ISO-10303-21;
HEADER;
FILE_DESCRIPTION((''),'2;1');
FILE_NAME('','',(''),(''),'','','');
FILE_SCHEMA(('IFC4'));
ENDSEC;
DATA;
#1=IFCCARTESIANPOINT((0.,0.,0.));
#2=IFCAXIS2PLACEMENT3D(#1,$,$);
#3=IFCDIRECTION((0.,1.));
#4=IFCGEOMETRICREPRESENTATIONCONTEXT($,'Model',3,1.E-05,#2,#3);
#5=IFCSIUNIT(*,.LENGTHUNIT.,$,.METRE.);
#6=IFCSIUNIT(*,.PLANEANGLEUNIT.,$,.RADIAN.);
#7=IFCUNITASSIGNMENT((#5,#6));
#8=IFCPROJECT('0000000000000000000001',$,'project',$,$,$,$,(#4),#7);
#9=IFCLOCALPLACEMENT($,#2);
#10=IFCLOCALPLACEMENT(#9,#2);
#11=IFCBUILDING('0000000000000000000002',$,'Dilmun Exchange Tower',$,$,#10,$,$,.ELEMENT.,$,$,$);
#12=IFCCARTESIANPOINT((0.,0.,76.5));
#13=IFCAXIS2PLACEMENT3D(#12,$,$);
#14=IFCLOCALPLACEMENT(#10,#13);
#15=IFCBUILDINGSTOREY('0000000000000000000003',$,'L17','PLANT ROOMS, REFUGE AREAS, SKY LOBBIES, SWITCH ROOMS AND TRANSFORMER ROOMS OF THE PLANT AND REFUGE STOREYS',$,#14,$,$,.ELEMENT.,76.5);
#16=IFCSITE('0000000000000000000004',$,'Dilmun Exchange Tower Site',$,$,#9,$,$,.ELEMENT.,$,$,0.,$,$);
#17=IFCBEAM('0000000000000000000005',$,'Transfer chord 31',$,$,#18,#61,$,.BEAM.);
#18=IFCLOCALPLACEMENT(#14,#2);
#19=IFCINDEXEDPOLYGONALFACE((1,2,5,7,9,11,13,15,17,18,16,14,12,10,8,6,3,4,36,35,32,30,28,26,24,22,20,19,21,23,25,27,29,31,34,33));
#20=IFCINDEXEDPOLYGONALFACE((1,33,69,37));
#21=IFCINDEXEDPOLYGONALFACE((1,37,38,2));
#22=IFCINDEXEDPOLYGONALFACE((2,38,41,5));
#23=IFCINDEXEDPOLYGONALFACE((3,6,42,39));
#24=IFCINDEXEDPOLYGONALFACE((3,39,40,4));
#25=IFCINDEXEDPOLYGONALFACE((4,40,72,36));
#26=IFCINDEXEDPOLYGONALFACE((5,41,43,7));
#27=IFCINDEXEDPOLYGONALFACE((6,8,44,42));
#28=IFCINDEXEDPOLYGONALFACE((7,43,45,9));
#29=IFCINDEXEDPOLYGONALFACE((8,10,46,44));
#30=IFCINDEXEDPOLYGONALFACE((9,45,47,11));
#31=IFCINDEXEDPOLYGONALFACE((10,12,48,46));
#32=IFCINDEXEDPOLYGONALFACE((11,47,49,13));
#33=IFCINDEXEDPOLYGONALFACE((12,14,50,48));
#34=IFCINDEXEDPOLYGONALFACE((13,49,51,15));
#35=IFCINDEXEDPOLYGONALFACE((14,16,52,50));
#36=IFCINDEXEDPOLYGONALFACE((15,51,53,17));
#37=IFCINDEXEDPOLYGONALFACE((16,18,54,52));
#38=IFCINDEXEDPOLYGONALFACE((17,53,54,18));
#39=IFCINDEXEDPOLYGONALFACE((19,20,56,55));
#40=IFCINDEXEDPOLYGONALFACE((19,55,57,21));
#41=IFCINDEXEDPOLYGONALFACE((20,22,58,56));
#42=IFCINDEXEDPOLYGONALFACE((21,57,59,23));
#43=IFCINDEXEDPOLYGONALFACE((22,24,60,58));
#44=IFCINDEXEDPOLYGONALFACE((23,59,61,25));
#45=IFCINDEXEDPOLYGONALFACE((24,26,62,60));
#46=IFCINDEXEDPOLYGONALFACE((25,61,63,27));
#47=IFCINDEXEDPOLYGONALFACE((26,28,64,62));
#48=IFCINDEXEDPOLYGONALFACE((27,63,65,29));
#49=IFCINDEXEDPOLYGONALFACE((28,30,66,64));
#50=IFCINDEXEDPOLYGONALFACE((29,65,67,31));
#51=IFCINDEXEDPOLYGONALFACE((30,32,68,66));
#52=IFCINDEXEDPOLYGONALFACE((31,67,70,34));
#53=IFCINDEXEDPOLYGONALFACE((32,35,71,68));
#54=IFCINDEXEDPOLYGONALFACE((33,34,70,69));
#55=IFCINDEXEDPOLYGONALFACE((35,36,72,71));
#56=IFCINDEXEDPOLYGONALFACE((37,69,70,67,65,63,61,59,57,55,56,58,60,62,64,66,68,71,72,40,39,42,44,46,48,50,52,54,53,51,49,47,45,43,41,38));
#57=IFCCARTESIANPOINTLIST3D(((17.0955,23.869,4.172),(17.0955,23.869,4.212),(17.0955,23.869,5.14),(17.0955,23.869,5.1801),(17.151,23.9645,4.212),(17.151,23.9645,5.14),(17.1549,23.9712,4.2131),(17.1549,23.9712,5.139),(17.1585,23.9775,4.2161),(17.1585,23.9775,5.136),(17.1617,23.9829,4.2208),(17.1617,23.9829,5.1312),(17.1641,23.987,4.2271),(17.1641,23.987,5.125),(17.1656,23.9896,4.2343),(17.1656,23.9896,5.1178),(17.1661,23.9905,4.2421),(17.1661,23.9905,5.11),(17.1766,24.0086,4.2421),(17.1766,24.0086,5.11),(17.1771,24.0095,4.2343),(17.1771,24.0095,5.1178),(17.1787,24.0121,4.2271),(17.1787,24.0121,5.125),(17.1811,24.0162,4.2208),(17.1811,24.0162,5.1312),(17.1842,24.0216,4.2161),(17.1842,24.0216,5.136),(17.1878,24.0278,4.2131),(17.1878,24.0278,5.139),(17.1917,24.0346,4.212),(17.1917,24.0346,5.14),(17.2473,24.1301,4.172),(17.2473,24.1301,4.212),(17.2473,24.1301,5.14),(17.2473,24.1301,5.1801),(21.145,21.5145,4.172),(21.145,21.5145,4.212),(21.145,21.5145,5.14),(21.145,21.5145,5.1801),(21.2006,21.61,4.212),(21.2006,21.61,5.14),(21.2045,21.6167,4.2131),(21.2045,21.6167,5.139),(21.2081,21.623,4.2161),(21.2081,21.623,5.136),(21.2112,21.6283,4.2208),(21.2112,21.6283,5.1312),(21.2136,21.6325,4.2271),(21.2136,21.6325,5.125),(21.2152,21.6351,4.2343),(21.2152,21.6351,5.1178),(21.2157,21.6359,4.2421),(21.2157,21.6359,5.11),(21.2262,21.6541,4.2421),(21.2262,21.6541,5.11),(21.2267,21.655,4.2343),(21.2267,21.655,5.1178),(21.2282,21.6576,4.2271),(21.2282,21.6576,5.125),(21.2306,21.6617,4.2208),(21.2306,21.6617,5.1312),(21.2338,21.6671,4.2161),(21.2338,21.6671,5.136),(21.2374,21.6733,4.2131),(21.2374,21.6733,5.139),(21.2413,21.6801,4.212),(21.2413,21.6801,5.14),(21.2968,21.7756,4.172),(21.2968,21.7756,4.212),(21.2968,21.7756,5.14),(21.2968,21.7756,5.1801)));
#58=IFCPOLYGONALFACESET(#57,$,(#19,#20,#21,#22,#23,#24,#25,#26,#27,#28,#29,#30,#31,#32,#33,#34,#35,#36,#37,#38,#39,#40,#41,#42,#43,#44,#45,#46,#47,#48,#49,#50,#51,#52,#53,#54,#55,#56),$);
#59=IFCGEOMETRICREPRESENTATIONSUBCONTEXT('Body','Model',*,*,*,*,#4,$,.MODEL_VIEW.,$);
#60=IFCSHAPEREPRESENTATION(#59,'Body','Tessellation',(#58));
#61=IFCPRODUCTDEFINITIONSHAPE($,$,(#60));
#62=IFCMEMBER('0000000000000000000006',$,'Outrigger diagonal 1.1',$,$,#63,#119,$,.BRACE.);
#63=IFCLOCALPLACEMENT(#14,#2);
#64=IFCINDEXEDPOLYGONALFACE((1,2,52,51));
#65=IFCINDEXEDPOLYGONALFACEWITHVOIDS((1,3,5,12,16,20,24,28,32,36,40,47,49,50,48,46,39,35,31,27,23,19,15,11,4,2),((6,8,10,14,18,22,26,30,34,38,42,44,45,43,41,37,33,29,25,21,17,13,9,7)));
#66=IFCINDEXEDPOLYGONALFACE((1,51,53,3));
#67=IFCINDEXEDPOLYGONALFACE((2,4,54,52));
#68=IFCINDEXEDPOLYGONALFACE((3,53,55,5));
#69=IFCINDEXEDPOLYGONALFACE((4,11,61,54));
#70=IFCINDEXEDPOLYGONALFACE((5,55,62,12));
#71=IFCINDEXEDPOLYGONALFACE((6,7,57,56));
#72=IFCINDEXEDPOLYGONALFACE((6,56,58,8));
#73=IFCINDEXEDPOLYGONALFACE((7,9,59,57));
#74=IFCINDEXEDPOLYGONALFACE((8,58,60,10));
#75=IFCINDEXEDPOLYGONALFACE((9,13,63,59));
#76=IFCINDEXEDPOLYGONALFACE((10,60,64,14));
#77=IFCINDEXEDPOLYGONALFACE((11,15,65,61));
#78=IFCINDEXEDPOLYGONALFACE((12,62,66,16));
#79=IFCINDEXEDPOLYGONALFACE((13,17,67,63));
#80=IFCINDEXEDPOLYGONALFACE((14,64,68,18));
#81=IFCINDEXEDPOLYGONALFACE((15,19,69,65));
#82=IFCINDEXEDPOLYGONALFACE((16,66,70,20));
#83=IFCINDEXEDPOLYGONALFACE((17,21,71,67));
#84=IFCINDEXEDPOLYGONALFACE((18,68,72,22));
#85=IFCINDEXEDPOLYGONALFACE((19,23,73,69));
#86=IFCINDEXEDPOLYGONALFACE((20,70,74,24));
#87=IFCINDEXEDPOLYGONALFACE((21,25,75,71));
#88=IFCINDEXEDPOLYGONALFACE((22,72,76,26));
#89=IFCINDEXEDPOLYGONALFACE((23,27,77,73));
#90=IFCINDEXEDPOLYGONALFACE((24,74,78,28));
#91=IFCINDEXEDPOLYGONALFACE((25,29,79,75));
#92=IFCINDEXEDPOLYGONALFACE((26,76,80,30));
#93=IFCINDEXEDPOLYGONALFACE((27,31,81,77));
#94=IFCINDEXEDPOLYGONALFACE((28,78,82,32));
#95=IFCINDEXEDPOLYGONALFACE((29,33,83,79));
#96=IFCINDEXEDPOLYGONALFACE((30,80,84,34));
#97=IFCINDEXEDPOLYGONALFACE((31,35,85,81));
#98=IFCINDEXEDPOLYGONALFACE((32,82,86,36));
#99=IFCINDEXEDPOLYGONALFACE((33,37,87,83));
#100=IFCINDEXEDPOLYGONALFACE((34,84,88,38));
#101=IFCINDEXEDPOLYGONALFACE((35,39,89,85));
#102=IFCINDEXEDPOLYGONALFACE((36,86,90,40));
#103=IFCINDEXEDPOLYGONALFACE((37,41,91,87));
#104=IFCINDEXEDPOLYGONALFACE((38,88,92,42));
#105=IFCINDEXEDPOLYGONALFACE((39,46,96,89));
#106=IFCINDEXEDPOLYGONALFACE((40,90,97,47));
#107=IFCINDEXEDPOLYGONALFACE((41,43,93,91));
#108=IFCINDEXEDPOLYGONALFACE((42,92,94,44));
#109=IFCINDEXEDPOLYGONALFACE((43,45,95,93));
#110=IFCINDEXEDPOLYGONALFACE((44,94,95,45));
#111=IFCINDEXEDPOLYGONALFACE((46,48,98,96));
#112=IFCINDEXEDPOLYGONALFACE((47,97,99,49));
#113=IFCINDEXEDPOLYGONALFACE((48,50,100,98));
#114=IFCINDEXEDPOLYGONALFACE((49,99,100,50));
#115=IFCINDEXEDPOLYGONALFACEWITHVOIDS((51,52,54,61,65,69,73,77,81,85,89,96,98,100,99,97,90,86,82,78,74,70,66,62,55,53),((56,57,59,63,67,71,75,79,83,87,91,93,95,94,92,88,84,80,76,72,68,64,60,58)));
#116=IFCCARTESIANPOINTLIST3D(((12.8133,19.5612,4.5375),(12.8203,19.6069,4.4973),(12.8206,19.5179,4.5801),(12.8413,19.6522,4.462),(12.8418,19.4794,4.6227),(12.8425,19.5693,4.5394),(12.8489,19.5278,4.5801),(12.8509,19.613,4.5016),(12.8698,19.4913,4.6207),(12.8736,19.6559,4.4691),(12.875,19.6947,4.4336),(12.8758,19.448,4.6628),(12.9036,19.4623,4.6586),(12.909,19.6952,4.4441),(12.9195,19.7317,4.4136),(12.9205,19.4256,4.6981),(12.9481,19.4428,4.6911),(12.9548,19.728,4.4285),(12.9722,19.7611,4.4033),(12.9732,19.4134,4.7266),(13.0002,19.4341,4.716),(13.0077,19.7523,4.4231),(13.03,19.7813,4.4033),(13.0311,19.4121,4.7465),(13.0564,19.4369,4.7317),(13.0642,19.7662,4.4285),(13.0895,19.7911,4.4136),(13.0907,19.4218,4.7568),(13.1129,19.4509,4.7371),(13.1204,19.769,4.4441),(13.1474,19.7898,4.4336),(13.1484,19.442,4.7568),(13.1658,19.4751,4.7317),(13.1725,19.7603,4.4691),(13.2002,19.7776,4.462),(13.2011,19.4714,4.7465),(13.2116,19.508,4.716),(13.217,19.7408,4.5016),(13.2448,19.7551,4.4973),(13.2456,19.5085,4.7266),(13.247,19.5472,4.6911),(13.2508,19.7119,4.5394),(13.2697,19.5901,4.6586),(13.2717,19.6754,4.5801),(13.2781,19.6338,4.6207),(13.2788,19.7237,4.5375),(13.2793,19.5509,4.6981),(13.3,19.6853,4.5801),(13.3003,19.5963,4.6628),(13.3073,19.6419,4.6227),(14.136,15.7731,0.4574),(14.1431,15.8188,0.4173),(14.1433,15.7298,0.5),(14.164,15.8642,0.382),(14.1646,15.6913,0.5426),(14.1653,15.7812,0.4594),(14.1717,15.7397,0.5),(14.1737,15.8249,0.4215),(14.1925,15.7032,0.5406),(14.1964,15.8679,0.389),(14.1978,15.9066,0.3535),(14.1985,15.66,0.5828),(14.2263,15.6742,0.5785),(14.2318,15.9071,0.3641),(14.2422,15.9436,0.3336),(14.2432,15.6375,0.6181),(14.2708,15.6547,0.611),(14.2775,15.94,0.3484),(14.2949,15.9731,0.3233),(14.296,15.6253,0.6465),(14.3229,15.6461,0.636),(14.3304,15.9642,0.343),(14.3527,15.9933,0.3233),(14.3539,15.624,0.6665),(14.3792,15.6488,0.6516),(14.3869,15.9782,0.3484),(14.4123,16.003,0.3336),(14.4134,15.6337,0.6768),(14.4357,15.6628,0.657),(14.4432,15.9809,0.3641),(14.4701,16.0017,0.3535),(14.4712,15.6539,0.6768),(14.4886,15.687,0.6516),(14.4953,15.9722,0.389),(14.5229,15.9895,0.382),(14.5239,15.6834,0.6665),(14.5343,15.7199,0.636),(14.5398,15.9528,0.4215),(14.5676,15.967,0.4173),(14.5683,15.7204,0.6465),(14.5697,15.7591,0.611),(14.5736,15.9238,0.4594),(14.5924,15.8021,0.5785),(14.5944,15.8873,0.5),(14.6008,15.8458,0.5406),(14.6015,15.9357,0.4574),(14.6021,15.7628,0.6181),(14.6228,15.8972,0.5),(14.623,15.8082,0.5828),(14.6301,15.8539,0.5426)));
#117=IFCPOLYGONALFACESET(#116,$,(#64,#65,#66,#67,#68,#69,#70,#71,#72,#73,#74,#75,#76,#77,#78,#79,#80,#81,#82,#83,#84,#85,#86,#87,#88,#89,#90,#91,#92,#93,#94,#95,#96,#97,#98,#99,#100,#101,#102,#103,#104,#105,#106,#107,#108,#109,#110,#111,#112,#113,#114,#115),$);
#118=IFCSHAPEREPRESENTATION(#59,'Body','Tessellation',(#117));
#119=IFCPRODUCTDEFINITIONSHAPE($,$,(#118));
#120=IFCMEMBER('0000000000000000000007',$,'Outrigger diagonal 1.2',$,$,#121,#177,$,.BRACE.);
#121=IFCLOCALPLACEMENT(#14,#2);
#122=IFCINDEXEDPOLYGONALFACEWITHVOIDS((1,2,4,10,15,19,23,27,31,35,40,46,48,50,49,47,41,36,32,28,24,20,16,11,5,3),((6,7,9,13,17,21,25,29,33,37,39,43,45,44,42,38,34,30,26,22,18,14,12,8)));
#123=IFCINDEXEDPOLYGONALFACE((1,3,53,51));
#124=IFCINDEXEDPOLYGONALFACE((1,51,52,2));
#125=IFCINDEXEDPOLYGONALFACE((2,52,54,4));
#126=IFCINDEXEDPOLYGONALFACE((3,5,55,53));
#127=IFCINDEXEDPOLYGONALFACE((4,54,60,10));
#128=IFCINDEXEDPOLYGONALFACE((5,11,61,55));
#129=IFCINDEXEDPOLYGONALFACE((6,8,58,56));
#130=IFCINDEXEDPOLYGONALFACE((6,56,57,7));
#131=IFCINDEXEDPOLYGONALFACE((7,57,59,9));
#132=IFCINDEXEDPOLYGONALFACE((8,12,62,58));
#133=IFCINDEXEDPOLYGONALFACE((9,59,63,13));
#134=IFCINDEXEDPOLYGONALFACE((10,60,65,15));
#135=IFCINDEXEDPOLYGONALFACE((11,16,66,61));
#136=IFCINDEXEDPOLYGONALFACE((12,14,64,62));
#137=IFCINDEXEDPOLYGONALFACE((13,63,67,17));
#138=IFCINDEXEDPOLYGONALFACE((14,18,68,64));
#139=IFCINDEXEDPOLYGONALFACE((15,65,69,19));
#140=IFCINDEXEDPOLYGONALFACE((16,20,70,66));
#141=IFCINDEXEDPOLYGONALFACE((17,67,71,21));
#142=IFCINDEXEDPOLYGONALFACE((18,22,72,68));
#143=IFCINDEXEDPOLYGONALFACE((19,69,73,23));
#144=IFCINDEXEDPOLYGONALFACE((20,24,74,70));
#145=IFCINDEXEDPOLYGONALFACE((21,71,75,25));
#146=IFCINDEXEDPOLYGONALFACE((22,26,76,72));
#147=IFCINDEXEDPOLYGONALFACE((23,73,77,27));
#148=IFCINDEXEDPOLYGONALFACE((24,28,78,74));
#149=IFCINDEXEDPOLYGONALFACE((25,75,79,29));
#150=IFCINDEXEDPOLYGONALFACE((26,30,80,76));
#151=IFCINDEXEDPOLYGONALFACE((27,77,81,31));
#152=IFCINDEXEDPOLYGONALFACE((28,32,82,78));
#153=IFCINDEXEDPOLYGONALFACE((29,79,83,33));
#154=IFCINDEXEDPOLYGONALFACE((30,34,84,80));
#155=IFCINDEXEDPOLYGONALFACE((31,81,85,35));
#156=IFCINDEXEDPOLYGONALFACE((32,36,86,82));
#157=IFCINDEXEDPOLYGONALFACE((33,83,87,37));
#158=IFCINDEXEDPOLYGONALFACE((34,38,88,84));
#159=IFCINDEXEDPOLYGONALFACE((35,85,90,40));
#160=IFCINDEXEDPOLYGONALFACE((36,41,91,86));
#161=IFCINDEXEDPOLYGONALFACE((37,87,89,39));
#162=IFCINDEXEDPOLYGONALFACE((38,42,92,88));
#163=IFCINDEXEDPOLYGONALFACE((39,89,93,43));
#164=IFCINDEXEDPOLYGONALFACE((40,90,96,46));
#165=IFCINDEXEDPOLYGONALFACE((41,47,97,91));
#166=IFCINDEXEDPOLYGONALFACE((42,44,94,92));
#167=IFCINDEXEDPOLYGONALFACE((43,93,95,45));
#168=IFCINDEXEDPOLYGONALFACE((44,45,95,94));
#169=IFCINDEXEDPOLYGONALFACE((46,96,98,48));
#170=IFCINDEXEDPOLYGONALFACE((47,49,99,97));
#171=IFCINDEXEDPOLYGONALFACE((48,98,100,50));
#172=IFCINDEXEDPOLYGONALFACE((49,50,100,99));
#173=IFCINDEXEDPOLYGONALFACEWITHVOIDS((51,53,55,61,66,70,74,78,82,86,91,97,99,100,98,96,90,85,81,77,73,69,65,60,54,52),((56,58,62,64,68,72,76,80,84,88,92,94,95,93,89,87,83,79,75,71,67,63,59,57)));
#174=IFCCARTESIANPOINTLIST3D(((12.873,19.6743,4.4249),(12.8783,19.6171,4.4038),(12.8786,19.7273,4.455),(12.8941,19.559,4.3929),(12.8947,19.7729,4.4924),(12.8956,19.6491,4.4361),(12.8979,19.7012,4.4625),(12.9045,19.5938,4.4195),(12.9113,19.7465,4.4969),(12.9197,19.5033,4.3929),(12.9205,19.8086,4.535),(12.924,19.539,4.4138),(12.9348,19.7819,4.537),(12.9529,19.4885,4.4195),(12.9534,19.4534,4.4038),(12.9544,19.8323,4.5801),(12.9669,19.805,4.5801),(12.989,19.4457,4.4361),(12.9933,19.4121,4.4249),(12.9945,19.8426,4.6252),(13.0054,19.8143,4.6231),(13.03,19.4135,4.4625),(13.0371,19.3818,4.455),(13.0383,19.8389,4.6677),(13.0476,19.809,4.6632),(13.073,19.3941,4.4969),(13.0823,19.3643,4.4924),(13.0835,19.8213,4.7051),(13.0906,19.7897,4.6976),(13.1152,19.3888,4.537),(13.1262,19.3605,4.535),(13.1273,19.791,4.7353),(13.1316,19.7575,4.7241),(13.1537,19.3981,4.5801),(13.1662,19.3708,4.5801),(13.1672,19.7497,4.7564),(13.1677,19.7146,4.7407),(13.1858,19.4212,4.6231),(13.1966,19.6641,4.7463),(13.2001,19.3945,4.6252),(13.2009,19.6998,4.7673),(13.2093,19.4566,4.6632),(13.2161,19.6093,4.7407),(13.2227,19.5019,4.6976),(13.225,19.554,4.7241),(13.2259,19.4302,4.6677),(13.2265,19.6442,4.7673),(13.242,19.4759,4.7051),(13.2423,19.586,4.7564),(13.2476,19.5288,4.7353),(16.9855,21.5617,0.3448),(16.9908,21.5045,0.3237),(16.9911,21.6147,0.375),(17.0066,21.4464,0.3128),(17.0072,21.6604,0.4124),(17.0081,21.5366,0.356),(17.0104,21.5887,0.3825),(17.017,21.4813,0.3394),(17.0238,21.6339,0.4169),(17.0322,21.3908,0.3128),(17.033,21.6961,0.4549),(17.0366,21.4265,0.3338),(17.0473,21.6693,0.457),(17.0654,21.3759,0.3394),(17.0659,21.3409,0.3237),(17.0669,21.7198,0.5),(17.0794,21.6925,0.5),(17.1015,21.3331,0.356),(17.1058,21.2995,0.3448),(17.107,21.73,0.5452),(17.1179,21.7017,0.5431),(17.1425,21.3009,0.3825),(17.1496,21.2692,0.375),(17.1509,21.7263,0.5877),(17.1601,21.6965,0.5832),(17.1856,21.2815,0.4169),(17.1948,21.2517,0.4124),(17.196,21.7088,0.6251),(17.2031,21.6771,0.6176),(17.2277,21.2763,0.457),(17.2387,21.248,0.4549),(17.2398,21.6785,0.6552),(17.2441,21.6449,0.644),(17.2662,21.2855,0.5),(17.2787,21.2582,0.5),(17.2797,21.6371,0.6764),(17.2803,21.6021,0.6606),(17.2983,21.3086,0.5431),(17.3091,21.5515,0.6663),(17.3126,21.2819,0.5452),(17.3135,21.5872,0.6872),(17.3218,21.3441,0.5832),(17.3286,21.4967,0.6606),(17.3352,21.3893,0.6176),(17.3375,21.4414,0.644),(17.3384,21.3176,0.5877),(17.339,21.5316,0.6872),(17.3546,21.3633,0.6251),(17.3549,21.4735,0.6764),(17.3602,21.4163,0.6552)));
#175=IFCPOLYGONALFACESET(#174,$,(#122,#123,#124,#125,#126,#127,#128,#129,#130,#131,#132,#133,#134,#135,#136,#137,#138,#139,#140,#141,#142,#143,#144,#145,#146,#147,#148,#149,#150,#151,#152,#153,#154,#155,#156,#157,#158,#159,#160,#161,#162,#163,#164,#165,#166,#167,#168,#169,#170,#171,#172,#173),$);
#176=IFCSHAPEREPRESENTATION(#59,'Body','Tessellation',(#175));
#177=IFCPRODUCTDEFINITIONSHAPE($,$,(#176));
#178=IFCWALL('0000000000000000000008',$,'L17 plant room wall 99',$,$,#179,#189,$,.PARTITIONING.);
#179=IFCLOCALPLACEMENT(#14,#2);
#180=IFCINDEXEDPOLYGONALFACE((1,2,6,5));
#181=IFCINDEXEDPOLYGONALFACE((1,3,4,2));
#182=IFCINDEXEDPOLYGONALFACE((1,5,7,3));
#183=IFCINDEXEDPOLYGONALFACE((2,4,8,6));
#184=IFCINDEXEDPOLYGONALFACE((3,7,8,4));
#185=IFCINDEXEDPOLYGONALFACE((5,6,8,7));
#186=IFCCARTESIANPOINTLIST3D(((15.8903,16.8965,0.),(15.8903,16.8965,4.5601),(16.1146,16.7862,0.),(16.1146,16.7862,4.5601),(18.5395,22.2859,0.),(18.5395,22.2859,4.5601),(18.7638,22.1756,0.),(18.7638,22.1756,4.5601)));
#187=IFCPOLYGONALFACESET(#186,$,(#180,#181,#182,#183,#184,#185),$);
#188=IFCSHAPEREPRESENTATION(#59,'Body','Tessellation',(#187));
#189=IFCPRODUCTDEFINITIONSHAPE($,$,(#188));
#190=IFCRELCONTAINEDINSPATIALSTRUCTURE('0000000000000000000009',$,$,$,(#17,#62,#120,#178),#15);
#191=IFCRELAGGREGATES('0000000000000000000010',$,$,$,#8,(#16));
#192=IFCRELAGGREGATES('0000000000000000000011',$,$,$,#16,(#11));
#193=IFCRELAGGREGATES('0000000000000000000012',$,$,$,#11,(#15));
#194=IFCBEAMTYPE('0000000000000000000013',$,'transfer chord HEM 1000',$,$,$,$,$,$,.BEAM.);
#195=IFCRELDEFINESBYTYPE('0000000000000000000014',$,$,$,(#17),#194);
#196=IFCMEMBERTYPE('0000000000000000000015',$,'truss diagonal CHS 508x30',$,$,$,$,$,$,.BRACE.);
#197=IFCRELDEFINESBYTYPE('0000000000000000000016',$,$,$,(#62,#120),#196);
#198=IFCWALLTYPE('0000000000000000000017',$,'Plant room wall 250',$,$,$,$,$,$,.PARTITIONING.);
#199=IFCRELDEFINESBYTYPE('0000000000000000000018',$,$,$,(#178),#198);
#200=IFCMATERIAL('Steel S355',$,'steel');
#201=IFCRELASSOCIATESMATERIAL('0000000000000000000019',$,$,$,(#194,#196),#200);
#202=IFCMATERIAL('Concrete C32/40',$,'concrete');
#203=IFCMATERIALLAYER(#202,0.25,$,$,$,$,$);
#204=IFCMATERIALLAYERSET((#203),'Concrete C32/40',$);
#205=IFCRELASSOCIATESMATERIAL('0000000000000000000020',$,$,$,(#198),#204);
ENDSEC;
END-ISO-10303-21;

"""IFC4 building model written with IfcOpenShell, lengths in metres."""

from ifc_helpers import new_model, si_unit, direction, frame, frame_2d, origin, origin_2d, place, context, subcontext, project, spatial, rectangle, hollow_circle, i_section, extrude, material, layer, layer_set, material_profile, profile_set, type_object, element, save


model = new_model("IFC4")

# Units and contexts
model_context = context("Model", 3, precision=1e-05, world=origin(), true_north=direction((0.0, 1.0)))
body_context = subcontext(model_context, "Body", "Model", "MODEL_VIEW")
ifc_project = project(units=[si_unit("LENGTHUNIT", "METRE"), si_unit("PLANEANGLEUNIT", "RADIAN")], contexts=[model_context])

# Site, building, storey
site_placement = place(None, origin())
site = spatial("IfcSite", under=ifc_project, at=site_placement, Name="Dilmun Exchange Tower Site", CompositionType="ELEMENT", RefElevation=0.0)
building_placement = place(site_placement, origin())
building = spatial("IfcBuilding", under=site, at=building_placement, Name="Dilmun Exchange Tower", CompositionType="ELEMENT")
storey_placement = place(building_placement, frame((0.0, 0.0, 76.5)))
storey = spatial("IfcBuildingStorey", under=building, at=storey_placement, Name="L17", Description="PLANT ROOMS, REFUGE AREAS, SKY LOBBIES, SWITCH ROOMS AND TRANSFORMER ROOMS OF THE PLANT AND REFUGE STOREYS", CompositionType="ELEMENT", Elevation=76.5)

# Shared definitions
ifc_material_1 = material(Name="Steel S355", Category="steel")

# Beam
ifc_material_profile_1 = material_profile(ifc_material_1, i_section(OverallWidth=0.302, OverallDepth=1.0081, WebThickness=0.021, FlangeThickness=0.04, FilletRadius=0.03, at=origin_2d()), Name="HEM 1000")
ifc_profile_set_1 = profile_set([ifc_material_profile_1], Name="Steel S355")
beam_type_1 = type_object("IfcBeamType", Name="transfer chord HEM 1000", PredefinedType="BEAM", material=ifc_profile_set_1)
beam_1_placement = place(storey_placement, frame((21.2209, 21.645, 4.676), z_axis=(-0.864498, 0.502636, 0.0), x_axis=(-0.502636, -0.864498, 0.0)))
element("IfcBeam", 1, at=beam_1_placement, inside=storey, type_object=beam_type_1, Name="Transfer chord 31", PredefinedType="BEAM", context=body_context, shape_type="SweptSolid", body=[
    extrude(i_section(OverallWidth=0.302, OverallDepth=1.0081, WebThickness=0.021, FlangeThickness=0.04, FilletRadius=0.03, at=origin_2d()), origin(), (0.0, 0.0, 1.0), 4.6843),
])

# Members
ifc_material_profile_2 = material_profile(ifc_material_1, hollow_circle(Radius=0.2539, WallThickness=0.03, at=origin_2d()), Name="CHS 508x30")
ifc_profile_set_2 = profile_set([ifc_material_profile_2], Name="Steel S355")
member_type_1 = type_object("IfcMemberType", Name="truss diagonal CHS 508x30", PredefinedType="BRACE", material=ifc_profile_set_2)
member_1_placement = place(storey_placement, frame((13.0603, 19.6016, 4.5801), z_axis=(0.231152, -0.66197, -0.712996), x_axis=(0.944097, 0.329667, 0.0)))
element("IfcMember", 2, at=member_1_placement, inside=storey, type_object=member_type_1, Name="Outrigger diagonal 1.1", PredefinedType="BRACE", context=body_context, shape_type="SweptSolid", body=[
    extrude(hollow_circle(Radius=0.2539, WallThickness=0.03, at=origin_2d()), origin(), (0.0, 0.0, 1.0), 5.7224),
])
member_2_placement = place(storey_placement, frame((13.0603, 19.6016, 4.5801), z_axis=(0.674982, 0.309782, -0.669652), x_axis=(-0.417117, 0.908853, 0.0)))
element("IfcMember", 3, at=member_2_placement, inside=storey, type_object=member_type_1, Name="Outrigger diagonal 1.2", PredefinedType="BRACE", context=body_context, shape_type="SweptSolid", body=[
    extrude(hollow_circle(Radius=0.2539, WallThickness=0.03, at=origin_2d()), origin(), (0.0, 0.0, 1.0), 6.0928),
])

# Wall
ifc_material_2 = material(Name="Concrete C32/40", Category="concrete")
ifc_layer_1 = layer(ifc_material_2, 0.25)
ifc_layer_set_1 = layer_set([ifc_layer_1], Name="Concrete C32/40")
wall_type = type_object("IfcWallType", Name="Plant room wall 250", PredefinedType="PARTITIONING", material=ifc_layer_set_1)
wall_1_placement = place(storey_placement, frame((16.0024, 16.8413, 0.0), z_axis=(0.0, 0.0, 1.0), x_axis=(0.441138, 0.897439, 0.0)))
element("IfcWall", 4, at=wall_1_placement, inside=storey, type_object=wall_type, Name="L17 plant room wall 99", PredefinedType="PARTITIONING", context=body_context, shape_type="SweptSolid", body=[
    extrude(rectangle(XDim=6.0054, YDim=0.25, at=frame_2d((3.0027, 0.0))), origin(), (0.0, 0.0, 1.0), 4.5601),
])

save(model, "model.ifc")
